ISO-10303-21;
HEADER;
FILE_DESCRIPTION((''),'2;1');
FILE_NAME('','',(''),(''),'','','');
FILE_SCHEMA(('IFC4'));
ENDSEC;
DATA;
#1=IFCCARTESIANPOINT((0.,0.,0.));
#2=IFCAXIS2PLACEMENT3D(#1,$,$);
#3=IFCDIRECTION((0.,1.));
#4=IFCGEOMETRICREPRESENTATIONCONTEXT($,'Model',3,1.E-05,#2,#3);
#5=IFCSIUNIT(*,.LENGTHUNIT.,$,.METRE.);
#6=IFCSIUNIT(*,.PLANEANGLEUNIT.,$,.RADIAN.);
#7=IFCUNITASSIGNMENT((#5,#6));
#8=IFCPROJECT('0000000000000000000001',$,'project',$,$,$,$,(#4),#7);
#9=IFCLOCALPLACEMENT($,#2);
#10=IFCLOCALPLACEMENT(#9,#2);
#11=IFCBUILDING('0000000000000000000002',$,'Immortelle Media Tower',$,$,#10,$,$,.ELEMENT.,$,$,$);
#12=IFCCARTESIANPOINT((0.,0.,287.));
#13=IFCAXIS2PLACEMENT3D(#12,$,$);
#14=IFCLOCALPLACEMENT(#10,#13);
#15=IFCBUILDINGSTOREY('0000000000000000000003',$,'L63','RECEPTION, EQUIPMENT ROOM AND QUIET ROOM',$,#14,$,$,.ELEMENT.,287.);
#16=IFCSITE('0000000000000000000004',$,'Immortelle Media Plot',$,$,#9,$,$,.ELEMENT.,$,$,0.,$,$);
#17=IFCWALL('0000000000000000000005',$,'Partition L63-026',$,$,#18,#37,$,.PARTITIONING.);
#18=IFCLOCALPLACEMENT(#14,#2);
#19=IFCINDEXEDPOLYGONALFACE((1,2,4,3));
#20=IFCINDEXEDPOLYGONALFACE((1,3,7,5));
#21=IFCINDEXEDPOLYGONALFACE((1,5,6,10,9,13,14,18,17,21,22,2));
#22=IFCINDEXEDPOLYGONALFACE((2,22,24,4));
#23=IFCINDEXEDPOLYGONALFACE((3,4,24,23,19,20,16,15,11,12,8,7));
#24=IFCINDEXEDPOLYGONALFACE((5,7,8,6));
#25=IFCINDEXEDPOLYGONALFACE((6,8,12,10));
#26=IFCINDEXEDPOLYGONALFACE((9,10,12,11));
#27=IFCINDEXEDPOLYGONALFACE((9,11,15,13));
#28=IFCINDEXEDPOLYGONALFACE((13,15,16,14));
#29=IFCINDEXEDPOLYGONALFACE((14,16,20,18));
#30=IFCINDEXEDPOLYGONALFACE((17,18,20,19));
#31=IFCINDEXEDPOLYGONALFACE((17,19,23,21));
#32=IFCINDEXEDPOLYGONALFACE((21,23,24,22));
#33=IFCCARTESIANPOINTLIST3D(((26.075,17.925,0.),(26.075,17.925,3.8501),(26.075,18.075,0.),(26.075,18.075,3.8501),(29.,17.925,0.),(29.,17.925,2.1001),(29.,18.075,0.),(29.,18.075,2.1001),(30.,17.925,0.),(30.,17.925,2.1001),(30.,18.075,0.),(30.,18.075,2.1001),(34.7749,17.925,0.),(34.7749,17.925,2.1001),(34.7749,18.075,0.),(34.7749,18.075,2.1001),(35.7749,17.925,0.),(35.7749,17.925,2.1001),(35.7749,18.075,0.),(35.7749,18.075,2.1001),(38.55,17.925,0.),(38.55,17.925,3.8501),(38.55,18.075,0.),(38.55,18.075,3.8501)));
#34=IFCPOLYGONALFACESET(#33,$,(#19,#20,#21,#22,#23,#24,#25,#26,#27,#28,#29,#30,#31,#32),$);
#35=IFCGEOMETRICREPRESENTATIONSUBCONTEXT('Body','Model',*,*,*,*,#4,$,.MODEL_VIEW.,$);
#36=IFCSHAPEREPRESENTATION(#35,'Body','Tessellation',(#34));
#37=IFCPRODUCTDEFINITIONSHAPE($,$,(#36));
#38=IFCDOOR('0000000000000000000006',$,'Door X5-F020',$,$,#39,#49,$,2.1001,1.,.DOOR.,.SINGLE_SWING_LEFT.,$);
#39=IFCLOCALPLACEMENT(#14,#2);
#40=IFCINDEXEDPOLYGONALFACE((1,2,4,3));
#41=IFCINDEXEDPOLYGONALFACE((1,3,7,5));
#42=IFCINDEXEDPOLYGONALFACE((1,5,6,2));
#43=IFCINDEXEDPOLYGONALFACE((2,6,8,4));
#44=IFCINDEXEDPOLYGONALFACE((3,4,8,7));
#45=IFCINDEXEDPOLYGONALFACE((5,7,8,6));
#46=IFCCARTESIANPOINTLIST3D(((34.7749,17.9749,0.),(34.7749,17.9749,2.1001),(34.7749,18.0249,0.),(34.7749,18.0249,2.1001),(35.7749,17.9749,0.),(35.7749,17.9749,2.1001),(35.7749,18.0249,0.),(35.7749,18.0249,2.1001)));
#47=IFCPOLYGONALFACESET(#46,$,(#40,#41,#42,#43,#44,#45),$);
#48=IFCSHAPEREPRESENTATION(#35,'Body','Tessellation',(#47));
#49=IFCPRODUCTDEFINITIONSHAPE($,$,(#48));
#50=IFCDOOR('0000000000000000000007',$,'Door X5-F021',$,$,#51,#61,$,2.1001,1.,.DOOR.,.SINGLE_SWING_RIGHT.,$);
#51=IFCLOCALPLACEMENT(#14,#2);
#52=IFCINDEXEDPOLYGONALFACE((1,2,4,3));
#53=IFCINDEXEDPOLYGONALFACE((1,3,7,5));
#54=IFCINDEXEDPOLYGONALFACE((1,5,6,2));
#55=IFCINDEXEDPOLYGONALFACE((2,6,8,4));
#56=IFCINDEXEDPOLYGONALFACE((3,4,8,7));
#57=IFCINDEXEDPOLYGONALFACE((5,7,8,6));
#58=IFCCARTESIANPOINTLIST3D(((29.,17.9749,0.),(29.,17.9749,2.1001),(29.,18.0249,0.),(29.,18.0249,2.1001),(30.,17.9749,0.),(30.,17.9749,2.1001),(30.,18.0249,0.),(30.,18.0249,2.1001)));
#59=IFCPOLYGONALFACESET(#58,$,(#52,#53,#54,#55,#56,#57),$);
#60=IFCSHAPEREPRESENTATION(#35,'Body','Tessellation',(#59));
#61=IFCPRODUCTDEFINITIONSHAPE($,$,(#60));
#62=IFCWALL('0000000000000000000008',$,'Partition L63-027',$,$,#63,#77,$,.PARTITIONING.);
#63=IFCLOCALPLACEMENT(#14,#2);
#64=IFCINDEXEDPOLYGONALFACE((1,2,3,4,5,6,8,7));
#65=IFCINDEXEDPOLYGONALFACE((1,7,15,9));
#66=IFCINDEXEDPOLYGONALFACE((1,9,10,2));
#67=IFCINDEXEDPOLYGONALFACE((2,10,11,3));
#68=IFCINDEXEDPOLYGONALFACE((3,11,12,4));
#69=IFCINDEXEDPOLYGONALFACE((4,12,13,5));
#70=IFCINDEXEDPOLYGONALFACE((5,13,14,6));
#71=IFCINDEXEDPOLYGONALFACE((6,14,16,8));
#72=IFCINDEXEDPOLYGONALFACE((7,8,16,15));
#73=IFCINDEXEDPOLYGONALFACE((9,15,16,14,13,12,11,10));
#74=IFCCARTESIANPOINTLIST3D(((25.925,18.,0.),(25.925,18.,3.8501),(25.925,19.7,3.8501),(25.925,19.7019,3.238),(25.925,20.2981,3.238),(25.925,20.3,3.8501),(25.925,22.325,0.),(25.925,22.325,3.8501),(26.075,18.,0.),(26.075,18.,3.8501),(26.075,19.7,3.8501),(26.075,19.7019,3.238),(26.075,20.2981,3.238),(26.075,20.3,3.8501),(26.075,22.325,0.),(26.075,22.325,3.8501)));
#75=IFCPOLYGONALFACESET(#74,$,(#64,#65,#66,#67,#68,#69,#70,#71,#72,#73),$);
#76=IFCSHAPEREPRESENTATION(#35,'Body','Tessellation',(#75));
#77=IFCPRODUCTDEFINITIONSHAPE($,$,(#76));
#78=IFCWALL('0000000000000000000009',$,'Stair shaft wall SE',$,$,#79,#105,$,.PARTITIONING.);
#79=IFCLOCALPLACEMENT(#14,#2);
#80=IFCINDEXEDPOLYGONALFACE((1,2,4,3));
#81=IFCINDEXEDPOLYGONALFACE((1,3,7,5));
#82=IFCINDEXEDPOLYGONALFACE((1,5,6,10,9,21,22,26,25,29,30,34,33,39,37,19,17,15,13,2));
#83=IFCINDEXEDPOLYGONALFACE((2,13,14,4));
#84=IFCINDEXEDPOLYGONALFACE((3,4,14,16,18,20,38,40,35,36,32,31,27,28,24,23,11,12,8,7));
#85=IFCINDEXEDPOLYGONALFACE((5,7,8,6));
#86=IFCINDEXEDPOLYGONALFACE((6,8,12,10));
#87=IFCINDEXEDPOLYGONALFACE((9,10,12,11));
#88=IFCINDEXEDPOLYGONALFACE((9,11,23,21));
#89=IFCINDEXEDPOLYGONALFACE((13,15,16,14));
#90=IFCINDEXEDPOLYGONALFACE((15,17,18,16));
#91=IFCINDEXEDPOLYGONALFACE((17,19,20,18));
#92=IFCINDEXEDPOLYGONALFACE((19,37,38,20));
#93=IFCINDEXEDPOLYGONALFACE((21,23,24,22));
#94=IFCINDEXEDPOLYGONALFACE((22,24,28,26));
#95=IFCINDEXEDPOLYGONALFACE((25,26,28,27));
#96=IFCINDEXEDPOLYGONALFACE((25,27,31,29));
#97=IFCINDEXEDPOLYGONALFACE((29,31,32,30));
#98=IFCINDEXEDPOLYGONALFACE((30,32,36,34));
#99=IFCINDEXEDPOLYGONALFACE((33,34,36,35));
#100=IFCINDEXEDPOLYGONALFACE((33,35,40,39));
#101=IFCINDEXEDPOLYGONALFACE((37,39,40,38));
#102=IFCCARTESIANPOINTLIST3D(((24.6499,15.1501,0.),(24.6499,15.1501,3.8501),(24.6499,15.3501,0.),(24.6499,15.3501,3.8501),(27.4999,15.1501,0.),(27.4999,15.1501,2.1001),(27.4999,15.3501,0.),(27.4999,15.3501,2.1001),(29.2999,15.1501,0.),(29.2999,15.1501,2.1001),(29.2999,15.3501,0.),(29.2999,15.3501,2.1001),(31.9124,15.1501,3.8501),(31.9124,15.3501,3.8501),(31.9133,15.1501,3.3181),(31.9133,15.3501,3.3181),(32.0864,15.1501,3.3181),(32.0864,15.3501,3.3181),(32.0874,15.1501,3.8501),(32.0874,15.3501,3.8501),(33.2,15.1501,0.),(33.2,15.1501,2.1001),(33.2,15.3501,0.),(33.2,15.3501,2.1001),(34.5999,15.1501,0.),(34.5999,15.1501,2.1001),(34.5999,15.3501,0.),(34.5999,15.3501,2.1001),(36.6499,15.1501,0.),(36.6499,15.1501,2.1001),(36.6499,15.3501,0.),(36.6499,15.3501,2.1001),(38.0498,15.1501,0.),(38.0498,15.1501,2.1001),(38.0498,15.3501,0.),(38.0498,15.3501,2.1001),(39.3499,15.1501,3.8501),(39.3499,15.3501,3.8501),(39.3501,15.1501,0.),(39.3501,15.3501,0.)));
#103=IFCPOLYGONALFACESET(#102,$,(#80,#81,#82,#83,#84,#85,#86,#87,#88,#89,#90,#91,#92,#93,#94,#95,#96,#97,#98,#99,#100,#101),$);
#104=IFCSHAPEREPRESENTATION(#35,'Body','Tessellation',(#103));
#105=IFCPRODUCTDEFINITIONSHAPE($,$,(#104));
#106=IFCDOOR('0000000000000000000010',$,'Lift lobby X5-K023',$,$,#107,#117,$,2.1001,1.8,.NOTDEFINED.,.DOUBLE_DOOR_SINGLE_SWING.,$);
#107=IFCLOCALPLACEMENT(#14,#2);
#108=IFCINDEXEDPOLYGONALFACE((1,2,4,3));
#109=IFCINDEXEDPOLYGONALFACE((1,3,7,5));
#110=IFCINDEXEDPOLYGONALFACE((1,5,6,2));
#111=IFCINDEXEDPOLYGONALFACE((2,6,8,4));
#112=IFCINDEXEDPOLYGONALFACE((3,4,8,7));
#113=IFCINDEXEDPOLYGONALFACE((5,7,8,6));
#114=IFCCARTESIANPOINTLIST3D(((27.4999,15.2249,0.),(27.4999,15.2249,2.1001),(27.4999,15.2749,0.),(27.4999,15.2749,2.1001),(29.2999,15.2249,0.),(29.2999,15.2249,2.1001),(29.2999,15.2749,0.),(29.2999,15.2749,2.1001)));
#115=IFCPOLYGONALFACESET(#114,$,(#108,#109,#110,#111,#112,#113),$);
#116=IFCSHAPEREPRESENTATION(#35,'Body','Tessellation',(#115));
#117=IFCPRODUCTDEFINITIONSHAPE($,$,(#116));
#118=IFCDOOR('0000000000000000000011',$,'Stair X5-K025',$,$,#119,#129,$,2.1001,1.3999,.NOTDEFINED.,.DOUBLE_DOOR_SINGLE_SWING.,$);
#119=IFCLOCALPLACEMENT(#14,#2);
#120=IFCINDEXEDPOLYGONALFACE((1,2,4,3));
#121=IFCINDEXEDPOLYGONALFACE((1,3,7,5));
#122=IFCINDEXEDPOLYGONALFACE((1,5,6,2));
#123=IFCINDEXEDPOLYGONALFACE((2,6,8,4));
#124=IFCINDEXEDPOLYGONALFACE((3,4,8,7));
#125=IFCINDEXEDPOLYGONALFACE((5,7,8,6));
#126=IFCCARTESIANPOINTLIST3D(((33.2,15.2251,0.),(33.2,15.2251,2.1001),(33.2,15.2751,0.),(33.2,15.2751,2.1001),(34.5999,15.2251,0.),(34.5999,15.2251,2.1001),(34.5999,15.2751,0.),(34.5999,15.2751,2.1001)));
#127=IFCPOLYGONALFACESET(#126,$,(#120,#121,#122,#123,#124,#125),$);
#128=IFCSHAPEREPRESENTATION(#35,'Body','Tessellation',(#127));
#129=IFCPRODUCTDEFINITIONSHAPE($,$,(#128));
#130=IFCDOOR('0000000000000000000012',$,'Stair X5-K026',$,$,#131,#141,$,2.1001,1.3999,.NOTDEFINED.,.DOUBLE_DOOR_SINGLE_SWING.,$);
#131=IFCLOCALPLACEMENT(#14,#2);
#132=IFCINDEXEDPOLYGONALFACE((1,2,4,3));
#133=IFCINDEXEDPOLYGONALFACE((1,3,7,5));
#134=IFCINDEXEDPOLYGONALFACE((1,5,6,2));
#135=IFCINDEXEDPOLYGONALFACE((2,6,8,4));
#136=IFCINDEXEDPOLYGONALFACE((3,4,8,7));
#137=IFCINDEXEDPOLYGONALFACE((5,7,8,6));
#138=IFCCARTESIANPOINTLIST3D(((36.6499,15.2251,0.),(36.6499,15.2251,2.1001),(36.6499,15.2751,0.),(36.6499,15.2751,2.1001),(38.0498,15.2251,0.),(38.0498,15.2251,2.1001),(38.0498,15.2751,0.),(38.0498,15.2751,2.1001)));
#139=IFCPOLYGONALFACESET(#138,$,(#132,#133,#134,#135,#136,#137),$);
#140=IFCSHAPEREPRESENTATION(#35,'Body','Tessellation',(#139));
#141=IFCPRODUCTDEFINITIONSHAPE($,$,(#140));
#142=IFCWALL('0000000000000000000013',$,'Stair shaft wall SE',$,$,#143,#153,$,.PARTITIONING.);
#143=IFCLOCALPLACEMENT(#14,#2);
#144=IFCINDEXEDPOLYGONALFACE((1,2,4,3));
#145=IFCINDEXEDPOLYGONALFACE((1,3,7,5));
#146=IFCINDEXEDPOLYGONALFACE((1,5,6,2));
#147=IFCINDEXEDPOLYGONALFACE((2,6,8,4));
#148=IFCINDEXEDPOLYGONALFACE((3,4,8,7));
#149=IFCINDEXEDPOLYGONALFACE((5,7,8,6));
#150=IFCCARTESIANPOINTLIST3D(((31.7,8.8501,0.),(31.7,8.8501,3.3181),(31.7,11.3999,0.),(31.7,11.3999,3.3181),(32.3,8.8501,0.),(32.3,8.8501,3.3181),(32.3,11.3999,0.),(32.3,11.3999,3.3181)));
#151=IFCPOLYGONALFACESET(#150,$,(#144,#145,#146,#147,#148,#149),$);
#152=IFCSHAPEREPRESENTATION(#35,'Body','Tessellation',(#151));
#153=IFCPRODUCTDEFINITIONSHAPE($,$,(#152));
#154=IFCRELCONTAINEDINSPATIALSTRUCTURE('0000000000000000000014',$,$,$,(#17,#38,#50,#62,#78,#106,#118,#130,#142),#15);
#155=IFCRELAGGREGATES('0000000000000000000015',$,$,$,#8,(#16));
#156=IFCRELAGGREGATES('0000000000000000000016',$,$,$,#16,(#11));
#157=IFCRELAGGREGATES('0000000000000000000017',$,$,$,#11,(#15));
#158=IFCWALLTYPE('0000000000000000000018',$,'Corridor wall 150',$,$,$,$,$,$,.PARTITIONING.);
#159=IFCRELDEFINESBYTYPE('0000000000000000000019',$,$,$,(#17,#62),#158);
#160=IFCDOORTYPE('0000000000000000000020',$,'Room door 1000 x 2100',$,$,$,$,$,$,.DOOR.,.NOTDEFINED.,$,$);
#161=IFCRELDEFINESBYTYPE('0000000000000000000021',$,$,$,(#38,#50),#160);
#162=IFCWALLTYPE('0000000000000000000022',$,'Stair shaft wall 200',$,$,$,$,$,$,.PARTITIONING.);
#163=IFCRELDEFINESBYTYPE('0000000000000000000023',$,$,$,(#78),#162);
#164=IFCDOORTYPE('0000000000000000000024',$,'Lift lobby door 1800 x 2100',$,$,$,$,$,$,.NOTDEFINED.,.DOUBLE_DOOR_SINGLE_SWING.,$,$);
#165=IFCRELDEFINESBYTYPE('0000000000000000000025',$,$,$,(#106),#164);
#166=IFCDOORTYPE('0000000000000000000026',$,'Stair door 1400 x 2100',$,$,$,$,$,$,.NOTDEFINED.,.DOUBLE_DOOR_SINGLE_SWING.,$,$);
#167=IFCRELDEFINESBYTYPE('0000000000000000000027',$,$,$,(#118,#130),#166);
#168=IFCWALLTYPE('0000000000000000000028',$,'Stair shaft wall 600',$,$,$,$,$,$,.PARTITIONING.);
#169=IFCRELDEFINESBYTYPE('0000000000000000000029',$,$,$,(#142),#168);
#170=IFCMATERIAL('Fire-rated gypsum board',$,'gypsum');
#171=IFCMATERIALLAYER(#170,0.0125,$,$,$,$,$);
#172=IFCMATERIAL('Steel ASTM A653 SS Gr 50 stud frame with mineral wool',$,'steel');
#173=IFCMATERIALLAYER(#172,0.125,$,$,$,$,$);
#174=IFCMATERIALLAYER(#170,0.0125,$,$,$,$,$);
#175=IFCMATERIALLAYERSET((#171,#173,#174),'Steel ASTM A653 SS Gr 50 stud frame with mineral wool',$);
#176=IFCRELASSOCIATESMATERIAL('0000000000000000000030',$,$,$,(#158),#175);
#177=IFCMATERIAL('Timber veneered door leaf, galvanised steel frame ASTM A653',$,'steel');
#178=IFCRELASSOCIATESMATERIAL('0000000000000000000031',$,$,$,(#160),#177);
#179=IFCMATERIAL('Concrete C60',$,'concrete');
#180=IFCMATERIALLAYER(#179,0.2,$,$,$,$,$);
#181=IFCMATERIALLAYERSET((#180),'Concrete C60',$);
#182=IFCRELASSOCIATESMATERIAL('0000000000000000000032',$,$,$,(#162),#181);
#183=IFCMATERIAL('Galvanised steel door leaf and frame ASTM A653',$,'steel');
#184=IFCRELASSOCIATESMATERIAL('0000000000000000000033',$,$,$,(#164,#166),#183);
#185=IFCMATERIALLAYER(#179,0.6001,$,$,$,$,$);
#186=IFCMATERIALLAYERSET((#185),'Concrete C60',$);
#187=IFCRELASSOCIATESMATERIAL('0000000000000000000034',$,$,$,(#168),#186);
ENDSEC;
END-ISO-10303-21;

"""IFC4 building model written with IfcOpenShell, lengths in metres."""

from ifc_helpers import new_model, si_unit, direction, frame, frame_2d, origin, place, context, subcontext, project, spatial, polyline, rectangle, outline, extrude, material, layer, layer_set, type_object, element, fill, save


model = new_model("IFC4")

# Units and contexts
model_context = context("Model", 3, precision=1e-05, world=origin(), true_north=direction((0.0, 1.0)))
body_context = subcontext(model_context, "Body", "Model", "MODEL_VIEW")
ifc_project = project(units=[si_unit("LENGTHUNIT", "METRE"), si_unit("PLANEANGLEUNIT", "RADIAN")], contexts=[model_context])

# Site, building, storey
site_placement = place(None, origin())
site = spatial("IfcSite", under=ifc_project, at=site_placement, Name="Immortelle Media Plot", CompositionType="ELEMENT", RefElevation=0.0)
building_placement = place(site_placement, origin())
building = spatial("IfcBuilding", under=site, at=building_placement, Name="Immortelle Media Tower", CompositionType="ELEMENT")
storey_placement = place(building_placement, frame((0.0, 0.0, 287.0)))
storey = spatial("IfcBuildingStorey", under=building, at=storey_placement, Name="L63", Description="RECEPTION, EQUIPMENT ROOM AND QUIET ROOM", CompositionType="ELEMENT", Elevation=287.0)

# Shared definitions
ifc_material_1 = material(Name="Fire-rated gypsum board", Category="gypsum")
ifc_material_2 = material(Name="Steel ASTM A653 SS Gr 50 stud frame with mineral wool", Category="steel")

# Shared definitions
ifc_material_3 = material(Name="Galvanised steel door leaf and frame ASTM A653", Category="steel")

# Wall, openings, doors
ifc_layer_1 = layer(ifc_material_1, 0.0125)
ifc_layer_2 = layer(ifc_material_2, 0.125)
ifc_layer_3 = layer(ifc_material_1, 0.0125)
ifc_layer_set_1 = layer_set([ifc_layer_1, ifc_layer_2, ifc_layer_3], Name="Steel ASTM A653 SS Gr 50 stud frame with mineral wool")
wall_type_1 = type_object("IfcWallType", Name="Corridor wall 150", PredefinedType="PARTITIONING", material=ifc_layer_set_1)
wall_1_placement = place(storey_placement, frame((26.075, 18.0, 0.0), z_axis=(0.0, 0.0, 1.0), x_axis=(1.0, 0.0, 0.0)))
wall_1 = element("IfcWall", 1, at=wall_1_placement, inside=storey, type_object=wall_type_1, Name="Partition L63-026", PredefinedType="PARTITIONING", context=body_context, shape_type="SweptSolid", body=[
    extrude(rectangle(XDim=12.4751, YDim=0.1499, at=frame_2d((6.2375, 0.0))), origin(), (0.0, 0.0, 1.0), 3.8501),
])
opening_1_placement = place(wall_1_placement, frame((8.7, 0.0, 0.0)))
opening_1 = element("IfcOpeningElement", 2, at=opening_1_placement, cuts=wall_1, PredefinedType="OPENING", context=body_context, shape_type="SweptSolid", body=[
    extrude(rectangle(XDim=1.0, YDim=2.1001, at=frame_2d((0.5, 1.05))), frame((0.0, 0.085, 0.0), z_axis=(0.0, -1.0, 0.0), x_axis=(1.0, 0.0, 0.0)), (0.0, 0.0, 1.0), 0.1699),
])
opening_2_placement = place(wall_1_placement, frame((2.925, 0.0, 0.0)))
opening_2 = element("IfcOpeningElement", 3, at=opening_2_placement, cuts=wall_1, PredefinedType="OPENING", context=body_context, shape_type="SweptSolid", body=[
    extrude(rectangle(XDim=1.0, YDim=2.1001, at=frame_2d((0.5, 1.05))), frame((0.0, 0.085, 0.0), z_axis=(0.0, -1.0, 0.0), x_axis=(1.0, 0.0, 0.0)), (0.0, 0.0, 1.0), 0.1699),
])
ifc_material_4 = material(Name="Timber veneered door leaf, galvanised steel frame ASTM A653", Category="steel")
door_type_1 = type_object("IfcDoorType", Name="Room door 1000 x 2100", OperationType="NOTDEFINED", PredefinedType="DOOR", material=ifc_material_4)
door_1_placement = place(opening_1_placement, origin())
door_1 = element("IfcDoor", 4, at=door_1_placement, inside=storey, type_object=door_type_1, Name="Door X5-F020", OperationType="SINGLE_SWING_LEFT", OverallHeight=2.1001, OverallWidth=1.0, PredefinedType="DOOR", context=body_context, shape_type="SweptSolid", body=[
    extrude(rectangle(XDim=1.0, YDim=2.1001, at=frame_2d((0.5, 1.05))), frame((0.0, 0.0249, 0.0), z_axis=(0.0, -1.0, 0.0), x_axis=(1.0, 0.0, 0.0)), (0.0, 0.0, 1.0), 0.05),
])
fill(opening_1, door_1)
door_2_placement = place(opening_2_placement, origin())
door_2 = element("IfcDoor", 5, at=door_2_placement, inside=storey, type_object=door_type_1, Name="Door X5-F021", OperationType="SINGLE_SWING_RIGHT", OverallHeight=2.1001, OverallWidth=1.0, PredefinedType="DOOR", context=body_context, shape_type="SweptSolid", body=[
    extrude(rectangle(XDim=1.0, YDim=2.1001, at=frame_2d((0.5, 1.05))), frame((0.0, 0.0249, 0.0), z_axis=(0.0, -1.0, 0.0), x_axis=(1.0, 0.0, 0.0)), (0.0, 0.0, 1.0), 0.05),
])
fill(opening_2, door_2)

# Wall
wall_2_placement = place(storey_placement, frame((26.0, 18.0, 0.0), z_axis=(0.0, 0.0, 1.0), x_axis=(0.0, 1.0, 0.0)))
element("IfcWall", 6, at=wall_2_placement, inside=storey, type_object=wall_type_1, Name="Partition L63-027", PredefinedType="PARTITIONING", context=body_context, shape_type="SweptSolid", body=[
    extrude(outline(polyline([(0.0, 0.0), (4.325, 0.0), (4.325, 3.8501), (2.3, 3.8501), (2.2981, 3.238), (1.7019, 3.238), (1.7, 3.8501), (0.0, 3.8501), (0.0, 0.0)])), frame((0.0, 0.075, 0.0), z_axis=(0.0, -1.0, 0.0), x_axis=(1.0, 0.0, 0.0)), (0.0, 0.0, 1.0), 0.1499),
])

# Wall, openings, doors
ifc_material_5 = material(Name="Concrete C60", Category="concrete")
ifc_layer_4 = layer(ifc_material_5, 0.2)
ifc_layer_set_2 = layer_set([ifc_layer_4], Name="Concrete C60")
wall_type_2 = type_object("IfcWallType", Name="Stair shaft wall 200", PredefinedType="PARTITIONING", material=ifc_layer_set_2)
wall_3_placement = place(storey_placement, frame((24.6499, 15.25, 0.0), z_axis=(0.0, 0.0, 1.0), x_axis=(1.0, 0.0, 0.0)))
wall_3 = element("IfcWall", 7, at=wall_3_placement, inside=storey, type_object=wall_type_2, Name="Stair shaft wall SE", PredefinedType="PARTITIONING", context=body_context, shape_type="SweptSolid", body=[
    extrude(outline(polyline([(0.0, 0.0), (14.7002, 0.0), (14.7, 3.8501), (7.4375, 3.8501), (7.4365, 3.3181), (7.2634, 3.3181), (7.2625, 3.8501), (0.0, 3.8501), (0.0, 0.0)])), frame((0.0, 0.1001, 0.0), z_axis=(0.0, -1.0, 0.0), x_axis=(1.0, 0.0, 0.0)), (0.0, 0.0, 1.0), 0.2),
])
opening_3_placement = place(wall_3_placement, frame((2.8501, 0.0, 0.0)))
opening_3 = element("IfcOpeningElement", 8, at=opening_3_placement, cuts=wall_3, PredefinedType="OPENING", context=body_context, shape_type="SweptSolid", body=[
    extrude(rectangle(XDim=1.8, YDim=2.1001, at=frame_2d((0.8999, 1.05))), frame((0.0, 0.1099, 0.0), z_axis=(0.0, -1.0, 0.0), x_axis=(1.0, 0.0, 0.0)), (0.0, 0.0, 1.0), 0.22),
])
opening_4_placement = place(wall_3_placement, frame((9.95, 0.0, 0.0), z_axis=(0.0, 0.0, 1.0), x_axis=(-1.0, 0.0, 0.0)))
opening_4 = element("IfcOpeningElement", 9, at=opening_4_placement, cuts=wall_3, PredefinedType="OPENING", context=body_context, shape_type="SweptSolid", body=[
    extrude(rectangle(XDim=1.3999, YDim=2.1001, at=frame_2d((0.7, 1.05))), frame((0.0, 0.1099, 0.0), z_axis=(0.0, -1.0, 0.0), x_axis=(1.0, 0.0, 0.0)), (0.0, 0.0, 1.0), 0.22),
])
opening_5_placement = place(wall_3_placement, frame((13.3999, 0.0, 0.0), z_axis=(0.0, 0.0, 1.0), x_axis=(-1.0, 0.0, 0.0)))
opening_5 = element("IfcOpeningElement", 10, at=opening_5_placement, cuts=wall_3, PredefinedType="OPENING", context=body_context, shape_type="SweptSolid", body=[
    extrude(rectangle(XDim=1.3999, YDim=2.1001, at=frame_2d((0.7, 1.05))), frame((0.0, 0.1099, 0.0), z_axis=(0.0, -1.0, 0.0), x_axis=(1.0, 0.0, 0.0)), (0.0, 0.0, 1.0), 0.22),
])
door_type_2 = type_object("IfcDoorType", Name="Lift lobby door 1800 x 2100", OperationType="DOUBLE_DOOR_SINGLE_SWING", PredefinedType="NOTDEFINED", material=ifc_material_3)
door_3_placement = place(opening_3_placement, origin())
door_3 = element("IfcDoor", 11, at=door_3_placement, inside=storey, type_object=door_type_2, Name="Lift lobby X5-K023", OperationType="DOUBLE_DOOR_SINGLE_SWING", OverallHeight=2.1001, OverallWidth=1.8, PredefinedType="NOTDEFINED", context=body_context, shape_type="SweptSolid", body=[
    extrude(rectangle(XDim=1.8, YDim=2.1001, at=frame_2d((0.8999, 1.05))), frame((0.0, 0.0249, 0.0), z_axis=(0.0, -1.0, 0.0), x_axis=(1.0, 0.0, 0.0)), (0.0, 0.0, 1.0), 0.05),
])
fill(opening_3, door_3)
door_type_3 = type_object("IfcDoorType", Name="Stair door 1400 x 2100", OperationType="DOUBLE_DOOR_SINGLE_SWING", PredefinedType="NOTDEFINED", material=ifc_material_3)
door_4_placement = place(opening_4_placement, origin())
door_4 = element("IfcDoor", 12, at=door_4_placement, inside=storey, type_object=door_type_3, Name="Stair X5-K025", OperationType="DOUBLE_DOOR_SINGLE_SWING", OverallHeight=2.1001, OverallWidth=1.3999, PredefinedType="NOTDEFINED", context=body_context, shape_type="SweptSolid", body=[
    extrude(rectangle(XDim=1.3999, YDim=2.1001, at=frame_2d((0.7, 1.05))), frame((0.0, 0.0249, 0.0), z_axis=(0.0, -1.0, 0.0), x_axis=(1.0, 0.0, 0.0)), (0.0, 0.0, 1.0), 0.05),
])
fill(opening_4, door_4)
door_5_placement = place(opening_5_placement, origin())
door_5 = element("IfcDoor", 13, at=door_5_placement, inside=storey, type_object=door_type_3, Name="Stair X5-K026", OperationType="DOUBLE_DOOR_SINGLE_SWING", OverallHeight=2.1001, OverallWidth=1.3999, PredefinedType="NOTDEFINED", context=body_context, shape_type="SweptSolid", body=[
    extrude(rectangle(XDim=1.3999, YDim=2.1001, at=frame_2d((0.7, 1.05))), frame((0.0, 0.0249, 0.0), z_axis=(0.0, -1.0, 0.0), x_axis=(1.0, 0.0, 0.0)), (0.0, 0.0, 1.0), 0.05),
])
fill(opening_5, door_5)

# Wall
ifc_layer_5 = layer(ifc_material_5, 0.6001)
ifc_layer_set_3 = layer_set([ifc_layer_5], Name="Concrete C60")
wall_type_3 = type_object("IfcWallType", Name="Stair shaft wall 600", PredefinedType="PARTITIONING", material=ifc_layer_set_3)
wall_4_placement = place(storey_placement, frame((32.0, 8.8501, 0.0), z_axis=(0.0, 0.0, 1.0), x_axis=(0.0, 1.0, 0.0)))
element("IfcWall", 14, at=wall_4_placement, inside=storey, type_object=wall_type_3, Name="Stair shaft wall SE", PredefinedType="PARTITIONING", context=body_context, shape_type="SweptSolid", body=[
    extrude(rectangle(XDim=2.5498, YDim=0.6001, at=frame_2d((1.2749, 0.0))), origin(), (0.0, 0.0, 1.0), 3.3181),
])

save(model, "model.ifc")
